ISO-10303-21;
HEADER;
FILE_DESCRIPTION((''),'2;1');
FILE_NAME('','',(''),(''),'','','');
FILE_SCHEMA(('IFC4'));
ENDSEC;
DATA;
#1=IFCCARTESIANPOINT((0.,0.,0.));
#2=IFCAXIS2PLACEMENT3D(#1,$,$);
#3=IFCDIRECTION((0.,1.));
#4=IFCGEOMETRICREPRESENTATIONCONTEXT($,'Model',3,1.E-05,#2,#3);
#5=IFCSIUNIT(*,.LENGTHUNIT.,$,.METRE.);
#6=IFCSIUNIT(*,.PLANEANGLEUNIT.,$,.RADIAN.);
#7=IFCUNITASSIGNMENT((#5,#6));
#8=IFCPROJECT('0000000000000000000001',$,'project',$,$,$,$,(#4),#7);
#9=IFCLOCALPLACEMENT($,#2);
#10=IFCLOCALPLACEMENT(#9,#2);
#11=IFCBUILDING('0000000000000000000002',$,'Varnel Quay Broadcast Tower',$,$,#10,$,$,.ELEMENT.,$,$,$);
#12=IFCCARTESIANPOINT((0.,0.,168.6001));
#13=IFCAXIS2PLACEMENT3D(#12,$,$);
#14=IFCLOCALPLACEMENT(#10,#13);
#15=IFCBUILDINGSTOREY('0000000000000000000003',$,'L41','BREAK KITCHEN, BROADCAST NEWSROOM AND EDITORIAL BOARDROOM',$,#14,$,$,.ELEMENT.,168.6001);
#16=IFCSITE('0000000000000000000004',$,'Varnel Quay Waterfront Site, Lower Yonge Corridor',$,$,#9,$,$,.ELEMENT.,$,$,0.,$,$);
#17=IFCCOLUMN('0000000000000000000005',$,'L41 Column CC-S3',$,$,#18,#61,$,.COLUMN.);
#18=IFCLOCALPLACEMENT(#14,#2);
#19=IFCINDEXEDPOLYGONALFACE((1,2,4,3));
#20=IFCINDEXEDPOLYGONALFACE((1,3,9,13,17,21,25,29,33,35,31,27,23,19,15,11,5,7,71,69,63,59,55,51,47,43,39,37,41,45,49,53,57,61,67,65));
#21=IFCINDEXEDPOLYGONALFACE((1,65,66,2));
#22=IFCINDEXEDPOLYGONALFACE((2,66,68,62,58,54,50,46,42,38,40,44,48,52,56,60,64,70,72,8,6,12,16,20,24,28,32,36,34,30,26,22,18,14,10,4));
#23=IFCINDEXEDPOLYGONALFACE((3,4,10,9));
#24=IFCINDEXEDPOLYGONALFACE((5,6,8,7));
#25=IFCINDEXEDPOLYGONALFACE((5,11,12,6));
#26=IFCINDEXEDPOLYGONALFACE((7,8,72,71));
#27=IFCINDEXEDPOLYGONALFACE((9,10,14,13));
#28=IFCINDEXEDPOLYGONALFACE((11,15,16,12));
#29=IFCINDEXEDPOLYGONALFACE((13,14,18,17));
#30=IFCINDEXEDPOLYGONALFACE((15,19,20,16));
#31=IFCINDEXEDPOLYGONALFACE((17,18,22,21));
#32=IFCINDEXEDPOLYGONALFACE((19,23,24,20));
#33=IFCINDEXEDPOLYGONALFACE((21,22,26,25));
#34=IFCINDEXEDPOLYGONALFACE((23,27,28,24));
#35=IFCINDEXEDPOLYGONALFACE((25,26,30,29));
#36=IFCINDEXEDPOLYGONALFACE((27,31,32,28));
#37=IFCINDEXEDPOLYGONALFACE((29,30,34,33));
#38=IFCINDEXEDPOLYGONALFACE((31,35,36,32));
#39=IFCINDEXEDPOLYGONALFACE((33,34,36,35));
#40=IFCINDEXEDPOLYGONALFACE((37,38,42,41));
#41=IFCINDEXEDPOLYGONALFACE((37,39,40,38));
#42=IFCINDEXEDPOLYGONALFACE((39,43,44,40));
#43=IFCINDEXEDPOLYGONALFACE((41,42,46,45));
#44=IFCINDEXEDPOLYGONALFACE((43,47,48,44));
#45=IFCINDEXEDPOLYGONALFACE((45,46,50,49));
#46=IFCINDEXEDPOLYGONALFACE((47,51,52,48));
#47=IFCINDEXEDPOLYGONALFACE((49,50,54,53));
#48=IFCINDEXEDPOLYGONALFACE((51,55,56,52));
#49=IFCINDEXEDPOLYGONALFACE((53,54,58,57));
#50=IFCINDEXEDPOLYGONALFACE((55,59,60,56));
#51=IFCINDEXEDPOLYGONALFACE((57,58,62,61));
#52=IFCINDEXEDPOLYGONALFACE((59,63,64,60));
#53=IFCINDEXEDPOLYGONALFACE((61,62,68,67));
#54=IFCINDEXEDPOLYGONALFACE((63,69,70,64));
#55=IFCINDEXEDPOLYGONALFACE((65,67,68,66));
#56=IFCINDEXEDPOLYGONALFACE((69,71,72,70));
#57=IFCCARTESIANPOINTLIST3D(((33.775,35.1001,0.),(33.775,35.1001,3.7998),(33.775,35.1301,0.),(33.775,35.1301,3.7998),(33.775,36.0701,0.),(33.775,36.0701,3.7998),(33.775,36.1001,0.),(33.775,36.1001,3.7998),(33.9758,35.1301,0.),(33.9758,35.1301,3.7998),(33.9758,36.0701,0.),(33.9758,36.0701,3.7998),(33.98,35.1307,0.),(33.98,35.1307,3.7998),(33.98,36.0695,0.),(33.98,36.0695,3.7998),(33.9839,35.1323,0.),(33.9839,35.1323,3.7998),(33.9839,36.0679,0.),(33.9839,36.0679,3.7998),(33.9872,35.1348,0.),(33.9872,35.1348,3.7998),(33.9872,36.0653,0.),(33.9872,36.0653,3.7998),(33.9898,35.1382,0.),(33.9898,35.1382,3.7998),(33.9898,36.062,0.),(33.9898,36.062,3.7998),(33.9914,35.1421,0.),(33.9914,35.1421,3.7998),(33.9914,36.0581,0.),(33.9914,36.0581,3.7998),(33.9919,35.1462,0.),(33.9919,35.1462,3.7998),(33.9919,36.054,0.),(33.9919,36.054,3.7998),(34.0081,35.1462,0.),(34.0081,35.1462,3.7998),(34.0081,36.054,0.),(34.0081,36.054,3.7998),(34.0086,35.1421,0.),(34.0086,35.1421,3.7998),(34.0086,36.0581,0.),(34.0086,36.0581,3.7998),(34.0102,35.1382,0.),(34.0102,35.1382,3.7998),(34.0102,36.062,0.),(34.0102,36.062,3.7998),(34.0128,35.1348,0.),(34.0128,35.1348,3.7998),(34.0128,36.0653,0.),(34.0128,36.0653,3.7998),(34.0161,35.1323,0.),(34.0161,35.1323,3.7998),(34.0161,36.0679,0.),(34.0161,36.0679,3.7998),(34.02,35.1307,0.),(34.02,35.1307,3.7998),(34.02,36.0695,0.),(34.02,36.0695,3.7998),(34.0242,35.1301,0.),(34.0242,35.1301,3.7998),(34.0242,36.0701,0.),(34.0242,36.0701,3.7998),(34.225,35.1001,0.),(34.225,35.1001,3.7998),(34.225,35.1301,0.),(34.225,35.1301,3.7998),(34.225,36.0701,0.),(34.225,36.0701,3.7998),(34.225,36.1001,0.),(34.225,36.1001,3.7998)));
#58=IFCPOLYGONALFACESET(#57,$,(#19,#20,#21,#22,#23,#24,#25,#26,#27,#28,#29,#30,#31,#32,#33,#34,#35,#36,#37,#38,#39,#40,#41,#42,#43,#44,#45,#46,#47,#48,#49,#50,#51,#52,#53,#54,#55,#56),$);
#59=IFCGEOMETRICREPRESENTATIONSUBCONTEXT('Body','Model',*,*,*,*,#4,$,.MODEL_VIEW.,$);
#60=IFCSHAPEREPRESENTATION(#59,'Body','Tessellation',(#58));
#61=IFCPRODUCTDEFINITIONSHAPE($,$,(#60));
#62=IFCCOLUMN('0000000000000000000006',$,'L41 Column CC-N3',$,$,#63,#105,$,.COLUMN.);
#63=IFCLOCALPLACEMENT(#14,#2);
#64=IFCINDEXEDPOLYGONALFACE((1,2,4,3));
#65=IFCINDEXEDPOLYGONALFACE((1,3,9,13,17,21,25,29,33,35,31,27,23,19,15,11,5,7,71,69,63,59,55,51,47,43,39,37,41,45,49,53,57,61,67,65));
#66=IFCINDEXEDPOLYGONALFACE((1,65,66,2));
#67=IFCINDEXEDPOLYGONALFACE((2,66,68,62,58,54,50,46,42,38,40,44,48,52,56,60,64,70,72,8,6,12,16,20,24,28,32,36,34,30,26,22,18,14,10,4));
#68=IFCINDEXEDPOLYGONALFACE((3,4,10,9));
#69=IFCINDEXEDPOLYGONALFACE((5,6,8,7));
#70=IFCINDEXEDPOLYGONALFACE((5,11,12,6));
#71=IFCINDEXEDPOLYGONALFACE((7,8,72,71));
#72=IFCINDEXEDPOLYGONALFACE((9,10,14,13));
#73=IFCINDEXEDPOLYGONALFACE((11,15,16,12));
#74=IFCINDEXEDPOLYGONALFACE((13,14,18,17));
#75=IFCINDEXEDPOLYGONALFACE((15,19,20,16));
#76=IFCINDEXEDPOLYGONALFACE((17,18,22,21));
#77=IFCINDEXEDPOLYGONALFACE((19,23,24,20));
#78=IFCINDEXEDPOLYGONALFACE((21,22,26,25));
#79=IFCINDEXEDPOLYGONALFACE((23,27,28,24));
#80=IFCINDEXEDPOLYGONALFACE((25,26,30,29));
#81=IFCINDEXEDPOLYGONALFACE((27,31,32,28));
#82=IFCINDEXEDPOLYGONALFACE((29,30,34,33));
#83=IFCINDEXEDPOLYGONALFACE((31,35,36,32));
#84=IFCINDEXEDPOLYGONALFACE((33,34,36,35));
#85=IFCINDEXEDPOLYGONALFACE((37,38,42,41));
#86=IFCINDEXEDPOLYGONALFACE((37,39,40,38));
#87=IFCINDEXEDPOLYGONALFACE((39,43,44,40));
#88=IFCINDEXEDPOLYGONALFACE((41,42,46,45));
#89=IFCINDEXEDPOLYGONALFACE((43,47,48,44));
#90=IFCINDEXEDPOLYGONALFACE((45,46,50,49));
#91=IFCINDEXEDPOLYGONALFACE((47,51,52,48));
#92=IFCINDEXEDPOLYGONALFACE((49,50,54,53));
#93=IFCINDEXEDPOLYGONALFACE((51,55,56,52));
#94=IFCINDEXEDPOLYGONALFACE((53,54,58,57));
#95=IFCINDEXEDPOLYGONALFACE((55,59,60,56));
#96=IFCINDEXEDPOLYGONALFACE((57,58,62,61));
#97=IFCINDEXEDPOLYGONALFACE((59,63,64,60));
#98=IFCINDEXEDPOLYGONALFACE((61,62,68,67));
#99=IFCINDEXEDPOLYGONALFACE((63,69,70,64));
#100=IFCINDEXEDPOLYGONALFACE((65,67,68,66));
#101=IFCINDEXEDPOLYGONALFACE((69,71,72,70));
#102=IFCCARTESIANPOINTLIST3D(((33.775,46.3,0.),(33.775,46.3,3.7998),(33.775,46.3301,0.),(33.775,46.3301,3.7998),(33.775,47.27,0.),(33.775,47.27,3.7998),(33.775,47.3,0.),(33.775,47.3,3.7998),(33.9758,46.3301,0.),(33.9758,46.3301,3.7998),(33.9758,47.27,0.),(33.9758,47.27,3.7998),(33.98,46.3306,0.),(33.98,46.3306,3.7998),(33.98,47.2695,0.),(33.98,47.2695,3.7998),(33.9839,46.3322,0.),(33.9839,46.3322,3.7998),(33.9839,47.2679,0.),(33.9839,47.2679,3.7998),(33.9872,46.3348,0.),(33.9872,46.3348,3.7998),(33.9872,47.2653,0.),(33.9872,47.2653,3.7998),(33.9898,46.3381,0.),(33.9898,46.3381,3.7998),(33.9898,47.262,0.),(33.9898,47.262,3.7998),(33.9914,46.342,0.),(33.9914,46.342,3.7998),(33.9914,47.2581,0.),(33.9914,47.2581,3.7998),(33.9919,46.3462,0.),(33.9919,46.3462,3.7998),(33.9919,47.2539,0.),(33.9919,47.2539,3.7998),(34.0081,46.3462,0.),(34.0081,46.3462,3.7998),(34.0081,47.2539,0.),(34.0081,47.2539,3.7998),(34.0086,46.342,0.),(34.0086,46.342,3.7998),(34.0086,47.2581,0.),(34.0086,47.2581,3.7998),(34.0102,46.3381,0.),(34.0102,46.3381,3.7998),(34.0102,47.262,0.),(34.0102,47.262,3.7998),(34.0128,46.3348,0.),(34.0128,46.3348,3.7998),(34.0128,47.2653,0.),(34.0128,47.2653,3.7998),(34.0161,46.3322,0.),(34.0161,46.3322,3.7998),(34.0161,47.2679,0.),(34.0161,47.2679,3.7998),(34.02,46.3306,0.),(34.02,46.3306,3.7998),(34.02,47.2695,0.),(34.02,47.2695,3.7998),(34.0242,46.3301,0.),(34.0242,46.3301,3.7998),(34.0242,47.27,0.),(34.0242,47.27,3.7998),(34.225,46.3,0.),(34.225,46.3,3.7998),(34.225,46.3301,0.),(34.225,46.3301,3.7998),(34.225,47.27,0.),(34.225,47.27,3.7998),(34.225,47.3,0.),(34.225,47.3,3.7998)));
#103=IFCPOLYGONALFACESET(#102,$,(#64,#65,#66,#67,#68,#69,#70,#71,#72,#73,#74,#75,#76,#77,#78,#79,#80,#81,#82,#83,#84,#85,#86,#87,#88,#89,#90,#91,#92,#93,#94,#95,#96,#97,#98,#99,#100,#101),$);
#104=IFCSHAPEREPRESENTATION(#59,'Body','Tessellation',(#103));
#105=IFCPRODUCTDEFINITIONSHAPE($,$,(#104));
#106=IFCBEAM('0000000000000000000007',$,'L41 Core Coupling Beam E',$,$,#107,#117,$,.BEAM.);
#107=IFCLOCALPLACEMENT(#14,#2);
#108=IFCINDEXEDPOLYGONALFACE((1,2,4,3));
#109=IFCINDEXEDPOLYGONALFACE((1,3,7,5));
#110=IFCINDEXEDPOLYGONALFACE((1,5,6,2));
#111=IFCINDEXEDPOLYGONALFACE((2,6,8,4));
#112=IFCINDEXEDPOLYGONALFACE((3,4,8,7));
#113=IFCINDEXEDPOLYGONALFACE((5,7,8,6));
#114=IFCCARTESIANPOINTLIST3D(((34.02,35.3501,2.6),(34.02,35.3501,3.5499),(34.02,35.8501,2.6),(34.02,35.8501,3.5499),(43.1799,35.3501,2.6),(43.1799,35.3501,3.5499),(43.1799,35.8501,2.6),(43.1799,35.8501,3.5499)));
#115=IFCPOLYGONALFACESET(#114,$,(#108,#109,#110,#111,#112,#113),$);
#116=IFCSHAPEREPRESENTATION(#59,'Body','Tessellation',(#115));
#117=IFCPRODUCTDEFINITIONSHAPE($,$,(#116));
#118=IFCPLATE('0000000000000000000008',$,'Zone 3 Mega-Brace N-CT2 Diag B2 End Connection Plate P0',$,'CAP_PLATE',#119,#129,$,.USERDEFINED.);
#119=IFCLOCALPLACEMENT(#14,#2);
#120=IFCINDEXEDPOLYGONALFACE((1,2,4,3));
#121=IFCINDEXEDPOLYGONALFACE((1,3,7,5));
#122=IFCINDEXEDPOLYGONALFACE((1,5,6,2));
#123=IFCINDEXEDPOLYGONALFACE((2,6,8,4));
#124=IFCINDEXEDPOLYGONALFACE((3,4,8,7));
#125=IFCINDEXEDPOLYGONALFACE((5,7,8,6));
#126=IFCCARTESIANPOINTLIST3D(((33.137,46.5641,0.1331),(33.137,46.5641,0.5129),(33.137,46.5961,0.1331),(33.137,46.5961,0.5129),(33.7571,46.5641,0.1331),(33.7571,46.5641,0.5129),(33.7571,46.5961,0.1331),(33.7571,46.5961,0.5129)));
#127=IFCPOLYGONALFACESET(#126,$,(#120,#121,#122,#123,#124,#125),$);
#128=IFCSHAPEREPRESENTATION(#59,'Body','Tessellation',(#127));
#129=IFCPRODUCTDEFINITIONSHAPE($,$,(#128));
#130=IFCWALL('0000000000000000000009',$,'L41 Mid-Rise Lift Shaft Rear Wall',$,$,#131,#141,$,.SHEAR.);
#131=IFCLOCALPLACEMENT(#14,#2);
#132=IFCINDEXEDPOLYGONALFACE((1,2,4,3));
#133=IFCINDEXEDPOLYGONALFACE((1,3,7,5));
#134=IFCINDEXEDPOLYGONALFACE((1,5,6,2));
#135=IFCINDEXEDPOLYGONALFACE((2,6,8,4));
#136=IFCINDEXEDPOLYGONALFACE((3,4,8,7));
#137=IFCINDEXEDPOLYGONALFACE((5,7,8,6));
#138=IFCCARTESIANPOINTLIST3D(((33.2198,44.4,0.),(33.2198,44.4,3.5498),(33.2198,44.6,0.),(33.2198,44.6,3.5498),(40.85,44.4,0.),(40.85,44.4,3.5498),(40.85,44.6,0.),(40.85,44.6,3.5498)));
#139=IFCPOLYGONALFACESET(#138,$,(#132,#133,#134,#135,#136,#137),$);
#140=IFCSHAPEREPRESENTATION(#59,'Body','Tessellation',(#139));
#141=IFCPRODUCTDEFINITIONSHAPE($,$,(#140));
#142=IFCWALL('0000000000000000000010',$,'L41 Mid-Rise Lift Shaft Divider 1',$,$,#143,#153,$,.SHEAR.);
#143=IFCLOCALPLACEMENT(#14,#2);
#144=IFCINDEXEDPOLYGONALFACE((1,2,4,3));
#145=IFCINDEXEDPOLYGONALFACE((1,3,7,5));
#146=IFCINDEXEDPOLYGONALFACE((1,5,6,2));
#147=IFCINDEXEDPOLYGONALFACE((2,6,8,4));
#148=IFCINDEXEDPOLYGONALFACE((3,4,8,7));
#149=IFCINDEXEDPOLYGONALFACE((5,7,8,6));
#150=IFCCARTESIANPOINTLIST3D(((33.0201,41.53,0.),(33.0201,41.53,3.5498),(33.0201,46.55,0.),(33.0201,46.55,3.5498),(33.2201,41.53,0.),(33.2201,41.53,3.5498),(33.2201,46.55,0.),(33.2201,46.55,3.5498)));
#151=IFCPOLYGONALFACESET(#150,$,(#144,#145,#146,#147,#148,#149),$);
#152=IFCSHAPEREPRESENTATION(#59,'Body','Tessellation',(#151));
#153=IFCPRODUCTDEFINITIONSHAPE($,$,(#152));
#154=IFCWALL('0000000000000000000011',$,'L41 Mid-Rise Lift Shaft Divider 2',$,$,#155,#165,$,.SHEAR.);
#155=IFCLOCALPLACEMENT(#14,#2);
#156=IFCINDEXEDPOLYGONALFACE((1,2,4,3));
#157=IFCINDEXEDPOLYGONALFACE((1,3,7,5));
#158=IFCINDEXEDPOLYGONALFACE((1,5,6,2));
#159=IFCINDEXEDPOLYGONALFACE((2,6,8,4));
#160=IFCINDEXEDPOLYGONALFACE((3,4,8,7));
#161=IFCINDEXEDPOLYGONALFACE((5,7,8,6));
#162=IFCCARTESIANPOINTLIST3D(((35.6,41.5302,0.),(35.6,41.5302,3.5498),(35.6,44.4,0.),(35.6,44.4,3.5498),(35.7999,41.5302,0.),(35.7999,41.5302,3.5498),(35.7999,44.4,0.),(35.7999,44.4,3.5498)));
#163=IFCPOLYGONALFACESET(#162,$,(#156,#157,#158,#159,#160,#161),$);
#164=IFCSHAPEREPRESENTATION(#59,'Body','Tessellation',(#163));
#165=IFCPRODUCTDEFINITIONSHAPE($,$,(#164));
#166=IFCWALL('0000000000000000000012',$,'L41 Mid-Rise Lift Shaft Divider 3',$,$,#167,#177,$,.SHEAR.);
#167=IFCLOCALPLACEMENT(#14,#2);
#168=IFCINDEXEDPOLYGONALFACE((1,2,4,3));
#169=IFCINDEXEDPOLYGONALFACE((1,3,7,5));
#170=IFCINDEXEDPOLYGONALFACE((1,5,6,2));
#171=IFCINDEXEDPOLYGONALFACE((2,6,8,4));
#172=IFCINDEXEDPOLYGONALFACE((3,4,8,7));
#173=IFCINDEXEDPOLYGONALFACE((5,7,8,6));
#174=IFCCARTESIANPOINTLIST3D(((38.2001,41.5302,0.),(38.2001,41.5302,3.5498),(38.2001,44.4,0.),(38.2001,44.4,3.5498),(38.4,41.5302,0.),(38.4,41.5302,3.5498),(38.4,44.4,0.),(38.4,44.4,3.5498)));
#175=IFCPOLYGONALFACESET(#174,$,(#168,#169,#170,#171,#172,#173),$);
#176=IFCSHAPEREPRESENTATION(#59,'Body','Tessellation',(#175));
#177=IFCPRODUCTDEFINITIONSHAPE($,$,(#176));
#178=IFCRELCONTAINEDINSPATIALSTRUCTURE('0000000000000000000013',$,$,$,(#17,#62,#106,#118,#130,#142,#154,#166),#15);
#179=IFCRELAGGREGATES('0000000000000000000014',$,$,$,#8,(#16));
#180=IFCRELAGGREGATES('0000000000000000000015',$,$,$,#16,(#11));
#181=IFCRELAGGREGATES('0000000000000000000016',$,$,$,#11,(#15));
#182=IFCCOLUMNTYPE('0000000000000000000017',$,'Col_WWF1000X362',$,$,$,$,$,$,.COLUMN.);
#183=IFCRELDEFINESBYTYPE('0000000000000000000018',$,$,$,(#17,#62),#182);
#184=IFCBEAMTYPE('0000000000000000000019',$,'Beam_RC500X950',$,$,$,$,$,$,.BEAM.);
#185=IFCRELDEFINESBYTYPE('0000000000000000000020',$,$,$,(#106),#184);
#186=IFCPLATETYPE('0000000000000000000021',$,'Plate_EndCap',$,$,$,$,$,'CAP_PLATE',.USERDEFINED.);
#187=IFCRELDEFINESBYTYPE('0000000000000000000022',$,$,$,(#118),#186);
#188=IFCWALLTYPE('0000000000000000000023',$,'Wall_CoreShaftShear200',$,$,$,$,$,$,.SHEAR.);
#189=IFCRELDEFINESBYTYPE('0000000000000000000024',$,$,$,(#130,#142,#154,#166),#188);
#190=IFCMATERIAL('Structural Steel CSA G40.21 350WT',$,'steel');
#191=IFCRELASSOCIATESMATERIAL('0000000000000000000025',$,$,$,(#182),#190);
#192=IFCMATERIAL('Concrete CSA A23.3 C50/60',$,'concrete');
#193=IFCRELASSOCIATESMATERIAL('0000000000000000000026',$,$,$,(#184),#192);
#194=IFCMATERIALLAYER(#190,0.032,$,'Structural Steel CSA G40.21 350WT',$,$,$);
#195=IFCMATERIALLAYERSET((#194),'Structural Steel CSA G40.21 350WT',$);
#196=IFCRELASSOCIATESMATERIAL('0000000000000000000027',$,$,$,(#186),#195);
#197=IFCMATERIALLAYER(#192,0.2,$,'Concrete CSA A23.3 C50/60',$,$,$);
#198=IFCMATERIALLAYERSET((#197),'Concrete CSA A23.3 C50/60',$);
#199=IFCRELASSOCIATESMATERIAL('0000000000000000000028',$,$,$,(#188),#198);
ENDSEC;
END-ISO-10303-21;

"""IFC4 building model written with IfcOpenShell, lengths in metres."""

from ifc_helpers import new_model, si_unit, direction, frame, frame_2d, origin, origin_2d, place, context, subcontext, project, spatial, rectangle, i_section, extrude, source, transform, mapped, material, layer, layer_set, material_profile, profile_set, type_object, type_shapes, element, save


model = new_model("IFC4")

# Units and contexts
model_context = context("Model", 3, precision=1e-05, world=origin(), true_north=direction((0.0, 1.0)))
body_context = subcontext(model_context, "Body", "Model", "MODEL_VIEW")
ifc_project = project(units=[si_unit("LENGTHUNIT", "METRE"), si_unit("PLANEANGLEUNIT", "RADIAN")], contexts=[model_context])

# Site, building, storey
site_placement = place(None, origin())
site = spatial("IfcSite", under=ifc_project, at=site_placement, Name="Varnel Quay Waterfront Site, Lower Yonge Corridor", CompositionType="ELEMENT", RefElevation=0.0)
building_placement = place(site_placement, origin())
building = spatial("IfcBuilding", under=site, at=building_placement, Name="Varnel Quay Broadcast Tower", CompositionType="ELEMENT")
storey_placement = place(building_placement, frame((0.0, 0.0, 168.6001)))
storey = spatial("IfcBuildingStorey", under=building, at=storey_placement, Name="L41", Description="BREAK KITCHEN, BROADCAST NEWSROOM AND EDITORIAL BOARDROOM", CompositionType="ELEMENT", Elevation=168.6001)

# Columns
ifc_material_1 = material(Name="Structural Steel CSA G40.21 350WT", Category="steel")
ifc_material_profile_1 = material_profile(ifc_material_1, i_section(OverallWidth=0.45, OverallDepth=1.0, WebThickness=0.0161, FlangeThickness=0.03, FilletRadius=0.0161, at=origin_2d()), Name="WWF1000X362")
ifc_profile_set_1 = profile_set([ifc_material_profile_1], Name="Structural Steel CSA G40.21 350WT")
column_type = type_object("IfcColumnType", Name="Col_WWF1000X362", PredefinedType="COLUMN", material=ifc_profile_set_1)
shared_shape_1 = source(origin(), body_context, "Body", "SweptSolid", [
    extrude(i_section(OverallWidth=0.45, OverallDepth=1.0, WebThickness=0.0161, FlangeThickness=0.03, FilletRadius=0.0161, at=origin_2d()), origin(), (0.0, 0.0, 1.0), 3.7998),
])
type_shapes(column_type, [shared_shape_1])
for number, where, z_axis, x_axis, name in (
    (1, (34.0, 35.6001, 0.0), (0.0, 0.0, 1.0), (1.0, 0.0, 0.0), "L41 Column CC-S3"),
    (2, (34.0, 46.8, 0.0), (0.0, 0.0, 1.0), (1.0, 0.0, 0.0), "L41 Column CC-N3"),
):
    element("IfcColumn", number, at=place(storey_placement, frame(where, z_axis=z_axis, x_axis=x_axis)), inside=storey, type_object=column_type, Name=name, PredefinedType="COLUMN", context=body_context, shape_type="MappedRepresentation", body=[
        mapped(shared_shape_1, transform((0.0, 0.0, 0.0), x_axis=(1.0, 0.0, 0.0), y_axis=(0.0, 1.0, 0.0), z_axis=(0.0, 0.0, 1.0), scale=1.0)),
    ])

# Beam
ifc_material_2 = material(Name="Concrete CSA A23.3 C50/60", Category="concrete")
ifc_material_profile_2 = material_profile(ifc_material_2, rectangle(XDim=0.5, YDim=0.95, at=origin_2d()), Name="RC500X950")
ifc_profile_set_2 = profile_set([ifc_material_profile_2], Name="Concrete CSA A23.3 C50/60")
beam_type = type_object("IfcBeamType", Name="Beam_RC500X950", PredefinedType="BEAM", material=ifc_profile_set_2)
shared_shape_2 = source(origin(), body_context, "Body", "SweptSolid", [
    extrude(rectangle(XDim=0.5, YDim=0.95, at=origin_2d()), origin(), (0.0, 0.0, 1.0), 9.1599),
])
type_shapes(beam_type, [shared_shape_2])
beam_placement = place(storey_placement, frame((34.02, 35.6001, 3.075), z_axis=(1.0, 0.0, 0.0), x_axis=(0.0, 1.0, 0.0)))
element("IfcBeam", 3, at=beam_placement, inside=storey, type_object=beam_type, Name="L41 Core Coupling Beam E", PredefinedType="BEAM", context=body_context, shape_type="MappedRepresentation", body=[
    mapped(shared_shape_2, transform((0.0, 0.0, 0.0), x_axis=(1.0, 0.0, 0.0), y_axis=(0.0, 1.0, 0.0), z_axis=(0.0, 0.0, 1.0), scale=1.0)),
])

# Plate
ifc_layer_1 = layer(ifc_material_1, 0.032, Name="Structural Steel CSA G40.21 350WT")
ifc_layer_set_1 = layer_set([ifc_layer_1], Name="Structural Steel CSA G40.21 350WT")
plate_type = type_object("IfcPlateType", Name="Plate_EndCap", ElementType="CAP_PLATE", PredefinedType="USERDEFINED", material=ifc_layer_set_1)
shared_shape_3 = source(origin(), body_context, "Body", "SweptSolid", [
    extrude(rectangle(XDim=0.6201, YDim=0.032, at=origin_2d()), origin(), (0.0, 0.0, 1.0), 0.3799),
])
type_shapes(plate_type, [shared_shape_3])
plate_placement = place(storey_placement, frame((33.447, 46.5801, 0.1331), z_axis=(0.0, 0.0, 1.0), x_axis=(1.0, 0.0, 0.0)))
element("IfcPlate", 4, at=plate_placement, inside=storey, type_object=plate_type, Name="Zone 3 Mega-Brace N-CT2 Diag B2 End Connection Plate P0", ObjectType="CAP_PLATE", PredefinedType="USERDEFINED", context=body_context, shape_type="MappedRepresentation", body=[
    mapped(shared_shape_3, transform((0.0, 0.0, 0.0), x_axis=(1.0, 0.0, 0.0), y_axis=(0.0, 1.0, 0.0), z_axis=(0.0, 0.0, 1.0), scale=1.0)),
])

# Walls
ifc_layer_2 = layer(ifc_material_2, 0.2, Name="Concrete CSA A23.3 C50/60")
ifc_layer_set_2 = layer_set([ifc_layer_2], Name="Concrete CSA A23.3 C50/60")
wall_type_1 = type_object("IfcWallType", Name="Wall_CoreShaftShear200", PredefinedType="SHEAR", material=ifc_layer_set_2)
wall_1_placement = place(storey_placement, frame((33.22, 44.5, 0.0), z_axis=(0.0, 0.0, 1.0), x_axis=(1.0, 0.0, 0.0)))
element("IfcWall", 5, at=wall_1_placement, inside=storey, type_object=wall_type_1, Name="L41 Mid-Rise Lift Shaft Rear Wall", PredefinedType="SHEAR", context=body_context, shape_type="SweptSolid", body=[
    extrude(rectangle(XDim=7.6301, YDim=0.2, at=frame_2d((3.8149, 0.0))), origin(), (0.0, 0.0, 1.0), 3.5498),
])
wall_2_placement = place(storey_placement, frame((33.1201, 41.53, 0.0), z_axis=(0.0, 0.0, 1.0), x_axis=(0.0, 1.0, 0.0)))
element("IfcWall", 6, at=wall_2_placement, inside=storey, type_object=wall_type_1, Name="L41 Mid-Rise Lift Shaft Divider 1", PredefinedType="SHEAR", context=body_context, shape_type="SweptSolid", body=[
    extrude(rectangle(XDim=5.02, YDim=0.2, at=frame_2d((2.51, 0.0))), origin(), (0.0, 0.0, 1.0), 3.5498),
])
for number, where, z_axis, x_axis, name in (
    (7, (35.7, 41.53, 0.0), (0.0, 0.0, 1.0), (0.0, 1.0, 0.0), "L41 Mid-Rise Lift Shaft Divider 2"),
    (8, (38.3, 41.53, 0.0), (0.0, 0.0, 1.0), (0.0, 1.0, 0.0), "L41 Mid-Rise Lift Shaft Divider 3"),
):
    element("IfcWall", number, at=place(storey_placement, frame(where, z_axis=z_axis, x_axis=x_axis)), inside=storey, type_object=wall_type_1, Name=name, PredefinedType="SHEAR", context=body_context, shape_type="SweptSolid", body=[
        extrude(rectangle(XDim=2.8699, YDim=0.2, at=frame_2d((1.4351, 0.0))), origin(), (0.0, 0.0, 1.0), 3.5498),
    ])

save(model, "model.ifc")
